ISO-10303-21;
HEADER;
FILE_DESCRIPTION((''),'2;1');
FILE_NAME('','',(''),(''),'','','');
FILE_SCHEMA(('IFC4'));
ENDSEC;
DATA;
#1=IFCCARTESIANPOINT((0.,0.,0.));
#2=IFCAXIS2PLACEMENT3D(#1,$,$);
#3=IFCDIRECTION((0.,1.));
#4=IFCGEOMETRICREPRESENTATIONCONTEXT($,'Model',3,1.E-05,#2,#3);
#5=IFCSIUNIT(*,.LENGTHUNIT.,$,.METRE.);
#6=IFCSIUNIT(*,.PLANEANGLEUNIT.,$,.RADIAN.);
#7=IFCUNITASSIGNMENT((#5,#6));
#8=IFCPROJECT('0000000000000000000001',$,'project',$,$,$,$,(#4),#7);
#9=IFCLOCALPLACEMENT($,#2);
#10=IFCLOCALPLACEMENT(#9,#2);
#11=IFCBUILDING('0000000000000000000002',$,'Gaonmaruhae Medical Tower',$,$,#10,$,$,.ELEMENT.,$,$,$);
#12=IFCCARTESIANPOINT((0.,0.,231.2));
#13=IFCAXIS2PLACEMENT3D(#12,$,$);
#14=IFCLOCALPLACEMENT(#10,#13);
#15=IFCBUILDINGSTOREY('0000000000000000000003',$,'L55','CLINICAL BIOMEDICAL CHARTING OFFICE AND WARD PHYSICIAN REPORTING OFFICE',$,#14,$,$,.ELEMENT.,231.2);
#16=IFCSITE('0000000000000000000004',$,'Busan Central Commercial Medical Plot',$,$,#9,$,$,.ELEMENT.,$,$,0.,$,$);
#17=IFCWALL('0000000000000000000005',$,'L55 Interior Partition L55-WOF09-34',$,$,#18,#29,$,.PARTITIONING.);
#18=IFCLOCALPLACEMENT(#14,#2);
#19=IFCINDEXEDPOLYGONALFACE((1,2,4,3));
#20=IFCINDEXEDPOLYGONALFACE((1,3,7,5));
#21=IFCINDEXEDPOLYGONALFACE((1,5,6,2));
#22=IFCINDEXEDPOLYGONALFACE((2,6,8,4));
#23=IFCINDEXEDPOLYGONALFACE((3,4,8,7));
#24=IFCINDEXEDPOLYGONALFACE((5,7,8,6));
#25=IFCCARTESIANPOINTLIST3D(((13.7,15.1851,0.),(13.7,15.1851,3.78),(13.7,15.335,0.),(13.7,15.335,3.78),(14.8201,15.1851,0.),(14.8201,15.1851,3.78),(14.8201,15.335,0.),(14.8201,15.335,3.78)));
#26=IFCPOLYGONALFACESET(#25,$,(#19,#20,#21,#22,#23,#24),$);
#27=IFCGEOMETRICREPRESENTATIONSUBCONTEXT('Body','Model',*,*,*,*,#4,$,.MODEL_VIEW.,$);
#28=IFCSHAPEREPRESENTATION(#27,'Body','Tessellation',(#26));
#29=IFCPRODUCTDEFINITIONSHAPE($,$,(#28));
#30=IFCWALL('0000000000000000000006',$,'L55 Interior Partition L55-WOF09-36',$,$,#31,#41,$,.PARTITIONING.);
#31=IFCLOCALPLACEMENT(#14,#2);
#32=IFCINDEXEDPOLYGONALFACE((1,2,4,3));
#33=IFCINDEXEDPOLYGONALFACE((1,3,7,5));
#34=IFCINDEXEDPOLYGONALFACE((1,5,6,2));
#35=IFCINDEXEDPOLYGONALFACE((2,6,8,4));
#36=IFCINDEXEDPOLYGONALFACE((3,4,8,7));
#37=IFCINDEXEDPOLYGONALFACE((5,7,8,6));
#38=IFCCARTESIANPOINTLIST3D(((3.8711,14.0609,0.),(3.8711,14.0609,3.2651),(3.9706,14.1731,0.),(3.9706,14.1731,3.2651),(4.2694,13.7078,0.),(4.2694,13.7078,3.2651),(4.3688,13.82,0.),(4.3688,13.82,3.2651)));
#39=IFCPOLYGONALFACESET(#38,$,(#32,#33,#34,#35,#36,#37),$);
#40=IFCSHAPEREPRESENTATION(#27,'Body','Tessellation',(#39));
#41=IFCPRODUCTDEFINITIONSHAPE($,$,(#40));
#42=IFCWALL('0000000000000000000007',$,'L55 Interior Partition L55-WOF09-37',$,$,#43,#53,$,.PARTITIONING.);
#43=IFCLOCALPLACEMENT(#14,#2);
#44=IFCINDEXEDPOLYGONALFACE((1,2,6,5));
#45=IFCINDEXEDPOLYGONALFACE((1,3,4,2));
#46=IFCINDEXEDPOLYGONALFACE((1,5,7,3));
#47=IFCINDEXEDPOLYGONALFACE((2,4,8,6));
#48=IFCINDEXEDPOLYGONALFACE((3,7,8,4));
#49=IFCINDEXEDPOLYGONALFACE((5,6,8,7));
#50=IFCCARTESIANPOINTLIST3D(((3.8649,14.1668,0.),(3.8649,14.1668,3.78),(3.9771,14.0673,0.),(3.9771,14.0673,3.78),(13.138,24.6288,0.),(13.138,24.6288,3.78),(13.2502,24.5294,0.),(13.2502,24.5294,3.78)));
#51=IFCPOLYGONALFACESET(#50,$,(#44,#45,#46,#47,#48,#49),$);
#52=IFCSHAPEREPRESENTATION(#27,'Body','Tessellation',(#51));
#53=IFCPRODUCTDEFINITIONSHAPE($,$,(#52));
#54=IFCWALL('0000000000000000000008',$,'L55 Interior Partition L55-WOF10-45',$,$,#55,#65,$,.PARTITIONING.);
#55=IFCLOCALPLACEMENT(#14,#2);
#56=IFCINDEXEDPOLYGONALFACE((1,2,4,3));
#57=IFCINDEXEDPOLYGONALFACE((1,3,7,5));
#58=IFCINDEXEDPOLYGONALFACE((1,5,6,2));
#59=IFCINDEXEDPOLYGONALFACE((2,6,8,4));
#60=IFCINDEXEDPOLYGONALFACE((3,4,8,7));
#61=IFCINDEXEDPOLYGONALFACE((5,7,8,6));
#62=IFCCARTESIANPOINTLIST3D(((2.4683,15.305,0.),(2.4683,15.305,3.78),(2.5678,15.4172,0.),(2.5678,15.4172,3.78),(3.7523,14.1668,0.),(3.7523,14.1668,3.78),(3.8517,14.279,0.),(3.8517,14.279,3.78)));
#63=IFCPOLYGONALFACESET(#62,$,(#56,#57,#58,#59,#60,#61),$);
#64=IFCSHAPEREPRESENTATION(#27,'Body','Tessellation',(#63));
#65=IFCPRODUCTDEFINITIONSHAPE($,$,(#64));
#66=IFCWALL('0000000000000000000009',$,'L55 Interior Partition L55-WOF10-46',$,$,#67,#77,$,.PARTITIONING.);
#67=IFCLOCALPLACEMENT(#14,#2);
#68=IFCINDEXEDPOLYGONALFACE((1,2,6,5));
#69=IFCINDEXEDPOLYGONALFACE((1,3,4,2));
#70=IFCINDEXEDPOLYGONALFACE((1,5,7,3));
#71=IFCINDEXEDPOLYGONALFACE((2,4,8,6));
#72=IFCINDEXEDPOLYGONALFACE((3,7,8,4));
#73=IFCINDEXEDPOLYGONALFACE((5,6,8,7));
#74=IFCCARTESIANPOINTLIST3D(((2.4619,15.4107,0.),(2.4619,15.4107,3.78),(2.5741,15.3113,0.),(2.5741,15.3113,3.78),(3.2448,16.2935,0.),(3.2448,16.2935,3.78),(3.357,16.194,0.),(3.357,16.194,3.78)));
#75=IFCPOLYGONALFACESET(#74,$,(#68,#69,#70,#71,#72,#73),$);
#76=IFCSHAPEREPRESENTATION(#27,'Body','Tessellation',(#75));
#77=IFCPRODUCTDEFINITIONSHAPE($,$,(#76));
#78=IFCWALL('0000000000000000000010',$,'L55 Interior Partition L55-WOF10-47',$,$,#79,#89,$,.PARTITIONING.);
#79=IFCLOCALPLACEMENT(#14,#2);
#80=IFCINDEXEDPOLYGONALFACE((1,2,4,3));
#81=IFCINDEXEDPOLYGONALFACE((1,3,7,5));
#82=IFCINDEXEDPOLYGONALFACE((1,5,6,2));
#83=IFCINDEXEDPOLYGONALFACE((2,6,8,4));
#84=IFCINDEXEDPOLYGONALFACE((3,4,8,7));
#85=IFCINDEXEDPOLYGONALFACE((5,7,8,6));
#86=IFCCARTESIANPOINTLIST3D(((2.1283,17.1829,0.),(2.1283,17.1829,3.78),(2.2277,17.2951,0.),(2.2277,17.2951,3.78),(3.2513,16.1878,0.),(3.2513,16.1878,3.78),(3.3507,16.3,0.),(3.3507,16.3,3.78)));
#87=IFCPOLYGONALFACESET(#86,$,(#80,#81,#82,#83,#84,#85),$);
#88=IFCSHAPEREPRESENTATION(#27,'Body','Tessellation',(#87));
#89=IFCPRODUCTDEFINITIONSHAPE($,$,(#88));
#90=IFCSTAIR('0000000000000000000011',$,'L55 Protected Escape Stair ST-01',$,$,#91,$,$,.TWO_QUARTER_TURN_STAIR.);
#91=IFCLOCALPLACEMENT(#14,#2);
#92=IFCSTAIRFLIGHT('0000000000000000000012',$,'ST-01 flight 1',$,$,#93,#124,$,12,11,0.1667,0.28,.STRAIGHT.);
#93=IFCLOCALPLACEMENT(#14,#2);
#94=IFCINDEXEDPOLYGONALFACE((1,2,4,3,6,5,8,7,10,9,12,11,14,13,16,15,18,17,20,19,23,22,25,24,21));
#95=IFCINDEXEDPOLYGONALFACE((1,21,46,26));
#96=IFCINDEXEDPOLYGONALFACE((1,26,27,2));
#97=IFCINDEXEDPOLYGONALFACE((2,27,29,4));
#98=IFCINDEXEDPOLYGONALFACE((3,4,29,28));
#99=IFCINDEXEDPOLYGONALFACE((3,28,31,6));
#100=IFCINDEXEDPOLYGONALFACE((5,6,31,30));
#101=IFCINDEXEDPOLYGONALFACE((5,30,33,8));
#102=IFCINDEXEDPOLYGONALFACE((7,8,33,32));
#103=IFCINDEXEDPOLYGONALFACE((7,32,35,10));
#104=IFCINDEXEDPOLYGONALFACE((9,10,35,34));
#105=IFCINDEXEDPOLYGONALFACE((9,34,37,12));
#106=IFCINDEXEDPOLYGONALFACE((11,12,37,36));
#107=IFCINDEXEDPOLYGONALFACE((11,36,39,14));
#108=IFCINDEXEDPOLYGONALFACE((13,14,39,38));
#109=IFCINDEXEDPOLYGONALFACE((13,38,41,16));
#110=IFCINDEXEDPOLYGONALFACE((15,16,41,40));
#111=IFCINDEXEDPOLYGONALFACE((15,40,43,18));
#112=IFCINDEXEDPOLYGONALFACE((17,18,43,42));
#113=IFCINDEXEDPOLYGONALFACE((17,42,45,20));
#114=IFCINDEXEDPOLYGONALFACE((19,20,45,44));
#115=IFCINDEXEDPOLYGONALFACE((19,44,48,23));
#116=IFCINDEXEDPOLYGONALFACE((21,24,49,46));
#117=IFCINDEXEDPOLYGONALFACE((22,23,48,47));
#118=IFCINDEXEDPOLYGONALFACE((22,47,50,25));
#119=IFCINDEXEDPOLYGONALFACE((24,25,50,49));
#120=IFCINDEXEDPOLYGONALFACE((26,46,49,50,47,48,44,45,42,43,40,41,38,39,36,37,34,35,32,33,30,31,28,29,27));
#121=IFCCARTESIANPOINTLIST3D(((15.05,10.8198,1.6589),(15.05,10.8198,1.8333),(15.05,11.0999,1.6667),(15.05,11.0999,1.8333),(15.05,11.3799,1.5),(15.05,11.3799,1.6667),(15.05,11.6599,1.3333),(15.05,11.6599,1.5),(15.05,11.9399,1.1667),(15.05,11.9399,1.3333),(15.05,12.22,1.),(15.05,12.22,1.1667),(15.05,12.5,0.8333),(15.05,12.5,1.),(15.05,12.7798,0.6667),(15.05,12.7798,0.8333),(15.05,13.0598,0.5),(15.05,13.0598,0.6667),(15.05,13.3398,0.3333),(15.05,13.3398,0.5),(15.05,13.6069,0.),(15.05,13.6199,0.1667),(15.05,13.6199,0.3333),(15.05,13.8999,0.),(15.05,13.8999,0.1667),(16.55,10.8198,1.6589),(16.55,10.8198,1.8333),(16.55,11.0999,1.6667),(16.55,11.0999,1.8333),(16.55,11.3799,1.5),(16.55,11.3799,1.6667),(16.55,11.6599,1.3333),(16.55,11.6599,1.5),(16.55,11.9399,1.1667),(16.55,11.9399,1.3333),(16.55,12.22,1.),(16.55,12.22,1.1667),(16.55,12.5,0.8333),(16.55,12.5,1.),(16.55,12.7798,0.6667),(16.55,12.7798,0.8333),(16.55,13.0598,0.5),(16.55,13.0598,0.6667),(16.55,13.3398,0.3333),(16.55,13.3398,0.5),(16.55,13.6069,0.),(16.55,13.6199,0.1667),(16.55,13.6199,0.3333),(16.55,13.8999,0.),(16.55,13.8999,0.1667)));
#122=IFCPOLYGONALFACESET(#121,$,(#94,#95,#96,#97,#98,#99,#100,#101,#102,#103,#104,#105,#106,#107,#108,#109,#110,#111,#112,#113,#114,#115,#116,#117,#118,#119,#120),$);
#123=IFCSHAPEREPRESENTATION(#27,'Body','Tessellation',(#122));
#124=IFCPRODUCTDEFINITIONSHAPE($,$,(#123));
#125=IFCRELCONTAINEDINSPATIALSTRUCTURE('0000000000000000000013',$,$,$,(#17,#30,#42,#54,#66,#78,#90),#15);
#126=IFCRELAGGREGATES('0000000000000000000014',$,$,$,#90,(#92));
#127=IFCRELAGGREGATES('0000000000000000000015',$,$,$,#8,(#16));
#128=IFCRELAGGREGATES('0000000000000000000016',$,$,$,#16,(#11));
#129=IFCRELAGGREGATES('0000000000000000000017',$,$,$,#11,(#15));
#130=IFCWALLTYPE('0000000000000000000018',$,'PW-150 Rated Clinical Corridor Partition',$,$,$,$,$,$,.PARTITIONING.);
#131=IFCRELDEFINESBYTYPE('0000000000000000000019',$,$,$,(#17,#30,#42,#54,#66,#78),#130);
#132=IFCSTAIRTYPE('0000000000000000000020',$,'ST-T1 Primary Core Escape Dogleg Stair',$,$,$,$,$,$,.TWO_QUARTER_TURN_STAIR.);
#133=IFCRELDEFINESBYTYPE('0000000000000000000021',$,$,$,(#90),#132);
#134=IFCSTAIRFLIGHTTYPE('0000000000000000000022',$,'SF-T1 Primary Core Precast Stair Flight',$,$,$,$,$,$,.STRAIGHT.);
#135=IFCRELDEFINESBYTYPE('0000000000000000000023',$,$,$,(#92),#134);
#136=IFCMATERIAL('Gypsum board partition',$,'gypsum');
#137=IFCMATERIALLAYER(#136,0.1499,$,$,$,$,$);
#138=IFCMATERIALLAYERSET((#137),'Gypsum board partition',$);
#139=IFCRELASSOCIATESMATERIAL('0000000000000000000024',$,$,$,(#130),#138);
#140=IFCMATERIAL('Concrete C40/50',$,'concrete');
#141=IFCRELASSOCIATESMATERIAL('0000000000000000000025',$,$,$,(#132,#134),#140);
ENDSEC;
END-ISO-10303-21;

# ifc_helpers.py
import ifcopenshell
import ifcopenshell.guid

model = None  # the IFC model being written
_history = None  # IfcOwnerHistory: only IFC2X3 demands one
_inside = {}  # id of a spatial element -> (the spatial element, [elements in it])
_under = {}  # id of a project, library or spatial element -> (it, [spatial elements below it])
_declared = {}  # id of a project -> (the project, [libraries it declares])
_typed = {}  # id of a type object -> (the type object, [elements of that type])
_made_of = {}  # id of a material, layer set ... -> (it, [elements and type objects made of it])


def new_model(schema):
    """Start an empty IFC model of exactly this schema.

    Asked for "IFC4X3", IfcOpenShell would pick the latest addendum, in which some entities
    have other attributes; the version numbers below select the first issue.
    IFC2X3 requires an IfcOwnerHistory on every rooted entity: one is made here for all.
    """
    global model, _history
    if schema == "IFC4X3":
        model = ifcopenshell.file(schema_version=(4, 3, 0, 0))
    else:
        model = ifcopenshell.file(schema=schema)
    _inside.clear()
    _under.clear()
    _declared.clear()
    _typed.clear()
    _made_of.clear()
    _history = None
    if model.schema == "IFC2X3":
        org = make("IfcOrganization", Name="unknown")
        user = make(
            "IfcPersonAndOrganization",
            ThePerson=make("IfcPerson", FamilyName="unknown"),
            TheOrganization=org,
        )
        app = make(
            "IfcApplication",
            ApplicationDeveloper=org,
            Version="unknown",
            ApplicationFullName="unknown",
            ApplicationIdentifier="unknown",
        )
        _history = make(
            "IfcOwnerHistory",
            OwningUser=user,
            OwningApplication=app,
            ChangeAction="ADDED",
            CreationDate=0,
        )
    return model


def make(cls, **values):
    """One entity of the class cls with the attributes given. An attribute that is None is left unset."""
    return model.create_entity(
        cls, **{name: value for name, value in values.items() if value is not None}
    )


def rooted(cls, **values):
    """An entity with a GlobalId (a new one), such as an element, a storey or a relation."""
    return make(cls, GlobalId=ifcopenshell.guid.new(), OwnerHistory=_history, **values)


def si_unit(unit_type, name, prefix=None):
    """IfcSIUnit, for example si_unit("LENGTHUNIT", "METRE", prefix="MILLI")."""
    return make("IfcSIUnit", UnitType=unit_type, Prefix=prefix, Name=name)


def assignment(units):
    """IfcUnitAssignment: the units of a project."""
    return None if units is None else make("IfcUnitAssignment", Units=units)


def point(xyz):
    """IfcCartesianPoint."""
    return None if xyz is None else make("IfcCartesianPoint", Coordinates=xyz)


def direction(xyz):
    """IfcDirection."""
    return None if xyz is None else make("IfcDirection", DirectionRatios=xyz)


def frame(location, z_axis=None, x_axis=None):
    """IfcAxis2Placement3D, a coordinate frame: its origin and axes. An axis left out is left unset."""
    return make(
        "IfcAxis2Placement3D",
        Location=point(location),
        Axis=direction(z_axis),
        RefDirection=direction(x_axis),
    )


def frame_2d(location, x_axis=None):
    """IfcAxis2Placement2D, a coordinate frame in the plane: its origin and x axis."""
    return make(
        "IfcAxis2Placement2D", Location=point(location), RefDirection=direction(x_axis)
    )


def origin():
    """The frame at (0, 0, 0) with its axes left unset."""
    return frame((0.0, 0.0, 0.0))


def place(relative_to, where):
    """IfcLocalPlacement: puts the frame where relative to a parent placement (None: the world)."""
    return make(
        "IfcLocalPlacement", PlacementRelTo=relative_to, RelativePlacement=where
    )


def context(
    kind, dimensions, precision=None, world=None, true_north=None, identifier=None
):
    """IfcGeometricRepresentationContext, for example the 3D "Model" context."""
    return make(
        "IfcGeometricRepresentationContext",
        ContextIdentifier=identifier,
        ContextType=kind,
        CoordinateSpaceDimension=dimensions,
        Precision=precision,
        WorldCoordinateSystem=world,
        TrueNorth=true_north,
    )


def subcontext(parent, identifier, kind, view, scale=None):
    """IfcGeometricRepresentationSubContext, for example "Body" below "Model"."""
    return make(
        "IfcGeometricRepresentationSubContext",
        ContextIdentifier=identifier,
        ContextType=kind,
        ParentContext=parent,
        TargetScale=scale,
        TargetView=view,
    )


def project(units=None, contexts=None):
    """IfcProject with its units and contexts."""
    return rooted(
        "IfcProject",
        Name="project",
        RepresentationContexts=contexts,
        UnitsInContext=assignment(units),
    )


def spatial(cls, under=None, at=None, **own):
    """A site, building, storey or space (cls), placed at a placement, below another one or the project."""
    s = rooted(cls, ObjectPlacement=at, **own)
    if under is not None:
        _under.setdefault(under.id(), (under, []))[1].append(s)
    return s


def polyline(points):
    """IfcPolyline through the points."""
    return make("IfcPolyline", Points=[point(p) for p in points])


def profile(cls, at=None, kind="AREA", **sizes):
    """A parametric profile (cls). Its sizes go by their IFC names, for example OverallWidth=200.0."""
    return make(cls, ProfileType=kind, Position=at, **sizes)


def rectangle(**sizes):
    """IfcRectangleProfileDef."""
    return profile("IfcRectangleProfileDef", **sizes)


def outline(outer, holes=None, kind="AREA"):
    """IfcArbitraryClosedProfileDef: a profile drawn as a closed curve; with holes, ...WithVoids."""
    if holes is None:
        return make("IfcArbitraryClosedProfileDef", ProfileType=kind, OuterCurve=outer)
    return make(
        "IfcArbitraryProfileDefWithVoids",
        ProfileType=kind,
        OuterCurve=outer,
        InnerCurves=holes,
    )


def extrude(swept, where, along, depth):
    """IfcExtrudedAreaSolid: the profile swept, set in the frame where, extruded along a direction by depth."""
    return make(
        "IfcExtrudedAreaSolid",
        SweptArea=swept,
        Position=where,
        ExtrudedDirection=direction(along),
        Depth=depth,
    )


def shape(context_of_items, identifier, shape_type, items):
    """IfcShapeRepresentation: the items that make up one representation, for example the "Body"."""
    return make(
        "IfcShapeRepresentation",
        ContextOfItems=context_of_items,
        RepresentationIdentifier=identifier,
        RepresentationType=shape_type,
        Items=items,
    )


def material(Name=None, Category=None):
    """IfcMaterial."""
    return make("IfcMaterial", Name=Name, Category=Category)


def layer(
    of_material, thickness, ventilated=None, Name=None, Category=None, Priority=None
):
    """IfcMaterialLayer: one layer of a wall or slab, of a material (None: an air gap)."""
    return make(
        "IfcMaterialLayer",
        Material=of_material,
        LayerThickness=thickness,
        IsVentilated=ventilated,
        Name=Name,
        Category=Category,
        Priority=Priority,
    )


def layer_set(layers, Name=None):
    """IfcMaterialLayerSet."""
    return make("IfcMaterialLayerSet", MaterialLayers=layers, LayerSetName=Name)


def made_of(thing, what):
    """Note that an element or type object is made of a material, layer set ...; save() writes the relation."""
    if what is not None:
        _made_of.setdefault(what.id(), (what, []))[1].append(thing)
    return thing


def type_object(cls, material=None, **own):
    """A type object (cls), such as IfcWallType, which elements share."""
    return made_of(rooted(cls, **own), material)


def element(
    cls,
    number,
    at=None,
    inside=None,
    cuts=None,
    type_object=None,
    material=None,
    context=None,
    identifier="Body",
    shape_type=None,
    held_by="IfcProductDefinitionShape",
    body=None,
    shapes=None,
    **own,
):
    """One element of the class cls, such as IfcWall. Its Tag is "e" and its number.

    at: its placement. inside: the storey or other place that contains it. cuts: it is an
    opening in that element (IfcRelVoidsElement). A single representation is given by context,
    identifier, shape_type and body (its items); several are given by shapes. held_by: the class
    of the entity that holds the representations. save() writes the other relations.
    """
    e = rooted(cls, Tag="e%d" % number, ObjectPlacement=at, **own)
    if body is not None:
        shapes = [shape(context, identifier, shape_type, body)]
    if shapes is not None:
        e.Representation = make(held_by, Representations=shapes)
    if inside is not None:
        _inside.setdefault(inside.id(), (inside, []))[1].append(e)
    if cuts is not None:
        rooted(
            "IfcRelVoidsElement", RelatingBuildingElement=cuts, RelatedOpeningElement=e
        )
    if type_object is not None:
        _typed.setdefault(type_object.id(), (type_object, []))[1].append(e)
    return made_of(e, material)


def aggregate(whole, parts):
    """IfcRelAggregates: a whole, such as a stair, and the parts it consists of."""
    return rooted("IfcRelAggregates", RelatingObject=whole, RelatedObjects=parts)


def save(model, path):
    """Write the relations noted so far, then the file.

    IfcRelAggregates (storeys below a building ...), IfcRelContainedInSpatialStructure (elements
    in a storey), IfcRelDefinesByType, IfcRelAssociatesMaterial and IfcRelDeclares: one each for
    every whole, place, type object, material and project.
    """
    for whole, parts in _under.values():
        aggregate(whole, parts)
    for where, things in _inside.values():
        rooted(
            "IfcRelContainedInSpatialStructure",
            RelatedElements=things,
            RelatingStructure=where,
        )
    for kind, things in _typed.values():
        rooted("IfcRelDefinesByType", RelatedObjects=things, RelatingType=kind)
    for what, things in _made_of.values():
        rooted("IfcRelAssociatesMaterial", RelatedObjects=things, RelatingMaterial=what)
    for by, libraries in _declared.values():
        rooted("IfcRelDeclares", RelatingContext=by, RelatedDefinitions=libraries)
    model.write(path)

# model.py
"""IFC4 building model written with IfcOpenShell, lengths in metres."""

from ifc_helpers import new_model, si_unit, direction, frame, frame_2d, origin, place, context, subcontext, project, spatial, polyline, rectangle, outline, extrude, material, layer, layer_set, type_object, element, aggregate, save


model = new_model("IFC4")

# Units and contexts
model_context = context("Model", 3, precision=1e-05, world=origin(), true_north=direction((0.0, 1.0)))
body_context = subcontext(model_context, "Body", "Model", "MODEL_VIEW")
ifc_project = project(units=[si_unit("LENGTHUNIT", "METRE"), si_unit("PLANEANGLEUNIT", "RADIAN")], contexts=[model_context])

# Site, building, storey
site_placement = place(None, origin())
site = spatial("IfcSite", under=ifc_project, at=site_placement, Name="Busan Central Commercial Medical Plot", CompositionType="ELEMENT", RefElevation=0.0)
building_placement = place(site_placement, origin())
building = spatial("IfcBuilding", under=site, at=building_placement, Name="Gaonmaruhae Medical Tower", CompositionType="ELEMENT")
storey_placement = place(building_placement, frame((0.0, 0.0, 231.2)))
storey = spatial("IfcBuildingStorey", under=building, at=storey_placement, Name="L55", Description="CLINICAL BIOMEDICAL CHARTING OFFICE AND WARD PHYSICIAN REPORTING OFFICE", CompositionType="ELEMENT", Elevation=231.2)

# Walls
ifc_material_1 = material(Name="Gypsum board partition", Category="gypsum")
ifc_layer_1 = layer(ifc_material_1, 0.1499)
ifc_layer_set_1 = layer_set([ifc_layer_1], Name="Gypsum board partition")
wall_type_1 = type_object("IfcWallType", Name="PW-150 Rated Clinical Corridor Partition", PredefinedType="PARTITIONING", material=ifc_layer_set_1)
wall_1_placement = place(storey_placement, frame((14.8201, 15.26, 0.0), z_axis=(0.0, 0.0, 1.0), x_axis=(-1.0, 0.0, 0.0)))
element("IfcWall", 1, at=wall_1_placement, inside=storey, type_object=wall_type_1, Name="L55 Interior Partition L55-WOF09-34", PredefinedType="PARTITIONING", context=body_context, shape_type="SweptSolid", body=[
    extrude(rectangle(XDim=1.1201, YDim=0.1499, at=frame_2d((0.5601, 0.0))), origin(), (0.0, 0.0, 1.0), 3.78),
])
wall_2_placement = place(storey_placement, frame((4.3191, 13.7639, 0.0), z_axis=(0.0, 0.0, 1.0), x_axis=(-0.748269, 0.663395, 0.0)))
element("IfcWall", 2, at=wall_2_placement, inside=storey, type_object=wall_type_1, Name="L55 Interior Partition L55-WOF09-36", PredefinedType="PARTITIONING", context=body_context, shape_type="SweptSolid", body=[
    extrude(rectangle(XDim=0.5322, YDim=0.1499, at=frame_2d((0.2661, 0.0))), origin(), (0.0, 0.0, 1.0), 3.2651),
])
wall_3_placement = place(storey_placement, frame((3.9209, 14.1169, 0.0), z_axis=(0.0, 0.0, 1.0), x_axis=(0.663304, 0.74835, 0.0)))
element("IfcWall", 3, at=wall_3_placement, inside=storey, type_object=wall_type_1, Name="L55 Interior Partition L55-WOF09-37", PredefinedType="PARTITIONING", context=body_context, shape_type="SweptSolid", body=[
    extrude(rectangle(XDim=13.9802, YDim=0.1499, at=frame_2d((6.9902, 0.0))), origin(), (0.0, 0.0, 1.0), 3.78),
])
wall_4_placement = place(storey_placement, frame((3.802, 14.2229, 0.0), z_axis=(0.0, 0.0, 1.0), x_axis=(-0.748304, 0.663356, 0.0)))
element("IfcWall", 4, at=wall_4_placement, inside=storey, type_object=wall_type_1, Name="L55 Interior Partition L55-WOF10-45", PredefinedType="PARTITIONING", context=body_context, shape_type="SweptSolid", body=[
    extrude(rectangle(XDim=1.7158, YDim=0.1499, at=frame_2d((0.8579, 0.0))), origin(), (0.0, 0.0, 1.0), 3.78),
])
wall_5_placement = place(storey_placement, frame((2.5181, 15.3611, 0.0), z_axis=(0.0, 0.0, 1.0), x_axis=(0.663529, 0.748151, 0.0)))
element("IfcWall", 5, at=wall_5_placement, inside=storey, type_object=wall_type_1, Name="L55 Interior Partition L55-WOF10-46", PredefinedType="PARTITIONING", context=body_context, shape_type="SweptSolid", body=[
    extrude(rectangle(XDim=1.1799, YDim=0.1499, at=frame_2d((0.5898, 0.0))), origin(), (0.0, 0.0, 1.0), 3.78),
])
wall_6_placement = place(storey_placement, frame((3.301, 16.2439, 0.0), z_axis=(0.0, 0.0, 1.0), x_axis=(-0.74845, 0.663192, 0.0)))
element("IfcWall", 6, at=wall_6_placement, inside=storey, type_object=wall_type_1, Name="L55 Interior Partition L55-WOF10-47", PredefinedType="PARTITIONING", context=body_context, shape_type="SweptSolid", body=[
    extrude(rectangle(XDim=1.5005, YDim=0.1499, at=frame_2d((0.7502, 0.0))), origin(), (0.0, 0.0, 1.0), 3.78),
])

# Stair, stair flight
ifc_material_2 = material(Name="Concrete C40/50", Category="concrete")
stair_type = type_object("IfcStairType", Name="ST-T1 Primary Core Escape Dogleg Stair", PredefinedType="TWO_QUARTER_TURN_STAIR", material=ifc_material_2)
stair_placement = place(storey_placement, origin())
stair = element("IfcStair", 7, at=stair_placement, inside=storey, type_object=stair_type, Name="L55 Protected Escape Stair ST-01", PredefinedType="TWO_QUARTER_TURN_STAIR")
stair_flight_type = type_object("IfcStairFlightType", Name="SF-T1 Primary Core Precast Stair Flight", PredefinedType="STRAIGHT", material=ifc_material_2)
stair_flight_placement = place(storey_placement, frame((15.8, 13.8999, 0.0), z_axis=(0.0, 0.0, 1.0), x_axis=(0.0, -1.0, 0.0)))
stair_flight = element("IfcStairFlight", 8, at=stair_flight_placement, type_object=stair_flight_type, Name="ST-01 flight 1", NumberOfRisers=12, NumberOfTreads=11, PredefinedType="STRAIGHT", RiserHeight=0.1667, TreadLength=0.28, context=body_context, shape_type="SweptSolid", body=[
    extrude(outline(polyline([(0.0, 0.0), (0.0, 0.1667), (0.28, 0.1667), (0.28, 0.3333), (0.5601, 0.3333), (0.5601, 0.5), (0.8401, 0.5), (0.8401, 0.6667), (1.1201, 0.6667), (1.1201, 0.8333), (1.3999, 0.8333), (1.3999, 1.0), (1.6799, 1.0), (1.6799, 1.1667), (1.96, 1.1667), (1.96, 1.3333), (2.24, 1.3333), (2.24, 1.5), (2.52, 1.5), (2.52, 1.6667), (2.8, 1.6667), (2.8, 1.8333), (3.0801, 1.8333), (3.0801, 2.0), (3.0801, 1.6589), (0.293, 0.0), (0.0, 0.0)])), frame((0.0, 0.75, 0.0), z_axis=(0.0, -1.0, 0.0), x_axis=(1.0, 0.0, 0.0)), (0.0, 0.0, 1.0), 1.5),
])
aggregate(stair, [stair_flight])

save(model, "model.ifc")
